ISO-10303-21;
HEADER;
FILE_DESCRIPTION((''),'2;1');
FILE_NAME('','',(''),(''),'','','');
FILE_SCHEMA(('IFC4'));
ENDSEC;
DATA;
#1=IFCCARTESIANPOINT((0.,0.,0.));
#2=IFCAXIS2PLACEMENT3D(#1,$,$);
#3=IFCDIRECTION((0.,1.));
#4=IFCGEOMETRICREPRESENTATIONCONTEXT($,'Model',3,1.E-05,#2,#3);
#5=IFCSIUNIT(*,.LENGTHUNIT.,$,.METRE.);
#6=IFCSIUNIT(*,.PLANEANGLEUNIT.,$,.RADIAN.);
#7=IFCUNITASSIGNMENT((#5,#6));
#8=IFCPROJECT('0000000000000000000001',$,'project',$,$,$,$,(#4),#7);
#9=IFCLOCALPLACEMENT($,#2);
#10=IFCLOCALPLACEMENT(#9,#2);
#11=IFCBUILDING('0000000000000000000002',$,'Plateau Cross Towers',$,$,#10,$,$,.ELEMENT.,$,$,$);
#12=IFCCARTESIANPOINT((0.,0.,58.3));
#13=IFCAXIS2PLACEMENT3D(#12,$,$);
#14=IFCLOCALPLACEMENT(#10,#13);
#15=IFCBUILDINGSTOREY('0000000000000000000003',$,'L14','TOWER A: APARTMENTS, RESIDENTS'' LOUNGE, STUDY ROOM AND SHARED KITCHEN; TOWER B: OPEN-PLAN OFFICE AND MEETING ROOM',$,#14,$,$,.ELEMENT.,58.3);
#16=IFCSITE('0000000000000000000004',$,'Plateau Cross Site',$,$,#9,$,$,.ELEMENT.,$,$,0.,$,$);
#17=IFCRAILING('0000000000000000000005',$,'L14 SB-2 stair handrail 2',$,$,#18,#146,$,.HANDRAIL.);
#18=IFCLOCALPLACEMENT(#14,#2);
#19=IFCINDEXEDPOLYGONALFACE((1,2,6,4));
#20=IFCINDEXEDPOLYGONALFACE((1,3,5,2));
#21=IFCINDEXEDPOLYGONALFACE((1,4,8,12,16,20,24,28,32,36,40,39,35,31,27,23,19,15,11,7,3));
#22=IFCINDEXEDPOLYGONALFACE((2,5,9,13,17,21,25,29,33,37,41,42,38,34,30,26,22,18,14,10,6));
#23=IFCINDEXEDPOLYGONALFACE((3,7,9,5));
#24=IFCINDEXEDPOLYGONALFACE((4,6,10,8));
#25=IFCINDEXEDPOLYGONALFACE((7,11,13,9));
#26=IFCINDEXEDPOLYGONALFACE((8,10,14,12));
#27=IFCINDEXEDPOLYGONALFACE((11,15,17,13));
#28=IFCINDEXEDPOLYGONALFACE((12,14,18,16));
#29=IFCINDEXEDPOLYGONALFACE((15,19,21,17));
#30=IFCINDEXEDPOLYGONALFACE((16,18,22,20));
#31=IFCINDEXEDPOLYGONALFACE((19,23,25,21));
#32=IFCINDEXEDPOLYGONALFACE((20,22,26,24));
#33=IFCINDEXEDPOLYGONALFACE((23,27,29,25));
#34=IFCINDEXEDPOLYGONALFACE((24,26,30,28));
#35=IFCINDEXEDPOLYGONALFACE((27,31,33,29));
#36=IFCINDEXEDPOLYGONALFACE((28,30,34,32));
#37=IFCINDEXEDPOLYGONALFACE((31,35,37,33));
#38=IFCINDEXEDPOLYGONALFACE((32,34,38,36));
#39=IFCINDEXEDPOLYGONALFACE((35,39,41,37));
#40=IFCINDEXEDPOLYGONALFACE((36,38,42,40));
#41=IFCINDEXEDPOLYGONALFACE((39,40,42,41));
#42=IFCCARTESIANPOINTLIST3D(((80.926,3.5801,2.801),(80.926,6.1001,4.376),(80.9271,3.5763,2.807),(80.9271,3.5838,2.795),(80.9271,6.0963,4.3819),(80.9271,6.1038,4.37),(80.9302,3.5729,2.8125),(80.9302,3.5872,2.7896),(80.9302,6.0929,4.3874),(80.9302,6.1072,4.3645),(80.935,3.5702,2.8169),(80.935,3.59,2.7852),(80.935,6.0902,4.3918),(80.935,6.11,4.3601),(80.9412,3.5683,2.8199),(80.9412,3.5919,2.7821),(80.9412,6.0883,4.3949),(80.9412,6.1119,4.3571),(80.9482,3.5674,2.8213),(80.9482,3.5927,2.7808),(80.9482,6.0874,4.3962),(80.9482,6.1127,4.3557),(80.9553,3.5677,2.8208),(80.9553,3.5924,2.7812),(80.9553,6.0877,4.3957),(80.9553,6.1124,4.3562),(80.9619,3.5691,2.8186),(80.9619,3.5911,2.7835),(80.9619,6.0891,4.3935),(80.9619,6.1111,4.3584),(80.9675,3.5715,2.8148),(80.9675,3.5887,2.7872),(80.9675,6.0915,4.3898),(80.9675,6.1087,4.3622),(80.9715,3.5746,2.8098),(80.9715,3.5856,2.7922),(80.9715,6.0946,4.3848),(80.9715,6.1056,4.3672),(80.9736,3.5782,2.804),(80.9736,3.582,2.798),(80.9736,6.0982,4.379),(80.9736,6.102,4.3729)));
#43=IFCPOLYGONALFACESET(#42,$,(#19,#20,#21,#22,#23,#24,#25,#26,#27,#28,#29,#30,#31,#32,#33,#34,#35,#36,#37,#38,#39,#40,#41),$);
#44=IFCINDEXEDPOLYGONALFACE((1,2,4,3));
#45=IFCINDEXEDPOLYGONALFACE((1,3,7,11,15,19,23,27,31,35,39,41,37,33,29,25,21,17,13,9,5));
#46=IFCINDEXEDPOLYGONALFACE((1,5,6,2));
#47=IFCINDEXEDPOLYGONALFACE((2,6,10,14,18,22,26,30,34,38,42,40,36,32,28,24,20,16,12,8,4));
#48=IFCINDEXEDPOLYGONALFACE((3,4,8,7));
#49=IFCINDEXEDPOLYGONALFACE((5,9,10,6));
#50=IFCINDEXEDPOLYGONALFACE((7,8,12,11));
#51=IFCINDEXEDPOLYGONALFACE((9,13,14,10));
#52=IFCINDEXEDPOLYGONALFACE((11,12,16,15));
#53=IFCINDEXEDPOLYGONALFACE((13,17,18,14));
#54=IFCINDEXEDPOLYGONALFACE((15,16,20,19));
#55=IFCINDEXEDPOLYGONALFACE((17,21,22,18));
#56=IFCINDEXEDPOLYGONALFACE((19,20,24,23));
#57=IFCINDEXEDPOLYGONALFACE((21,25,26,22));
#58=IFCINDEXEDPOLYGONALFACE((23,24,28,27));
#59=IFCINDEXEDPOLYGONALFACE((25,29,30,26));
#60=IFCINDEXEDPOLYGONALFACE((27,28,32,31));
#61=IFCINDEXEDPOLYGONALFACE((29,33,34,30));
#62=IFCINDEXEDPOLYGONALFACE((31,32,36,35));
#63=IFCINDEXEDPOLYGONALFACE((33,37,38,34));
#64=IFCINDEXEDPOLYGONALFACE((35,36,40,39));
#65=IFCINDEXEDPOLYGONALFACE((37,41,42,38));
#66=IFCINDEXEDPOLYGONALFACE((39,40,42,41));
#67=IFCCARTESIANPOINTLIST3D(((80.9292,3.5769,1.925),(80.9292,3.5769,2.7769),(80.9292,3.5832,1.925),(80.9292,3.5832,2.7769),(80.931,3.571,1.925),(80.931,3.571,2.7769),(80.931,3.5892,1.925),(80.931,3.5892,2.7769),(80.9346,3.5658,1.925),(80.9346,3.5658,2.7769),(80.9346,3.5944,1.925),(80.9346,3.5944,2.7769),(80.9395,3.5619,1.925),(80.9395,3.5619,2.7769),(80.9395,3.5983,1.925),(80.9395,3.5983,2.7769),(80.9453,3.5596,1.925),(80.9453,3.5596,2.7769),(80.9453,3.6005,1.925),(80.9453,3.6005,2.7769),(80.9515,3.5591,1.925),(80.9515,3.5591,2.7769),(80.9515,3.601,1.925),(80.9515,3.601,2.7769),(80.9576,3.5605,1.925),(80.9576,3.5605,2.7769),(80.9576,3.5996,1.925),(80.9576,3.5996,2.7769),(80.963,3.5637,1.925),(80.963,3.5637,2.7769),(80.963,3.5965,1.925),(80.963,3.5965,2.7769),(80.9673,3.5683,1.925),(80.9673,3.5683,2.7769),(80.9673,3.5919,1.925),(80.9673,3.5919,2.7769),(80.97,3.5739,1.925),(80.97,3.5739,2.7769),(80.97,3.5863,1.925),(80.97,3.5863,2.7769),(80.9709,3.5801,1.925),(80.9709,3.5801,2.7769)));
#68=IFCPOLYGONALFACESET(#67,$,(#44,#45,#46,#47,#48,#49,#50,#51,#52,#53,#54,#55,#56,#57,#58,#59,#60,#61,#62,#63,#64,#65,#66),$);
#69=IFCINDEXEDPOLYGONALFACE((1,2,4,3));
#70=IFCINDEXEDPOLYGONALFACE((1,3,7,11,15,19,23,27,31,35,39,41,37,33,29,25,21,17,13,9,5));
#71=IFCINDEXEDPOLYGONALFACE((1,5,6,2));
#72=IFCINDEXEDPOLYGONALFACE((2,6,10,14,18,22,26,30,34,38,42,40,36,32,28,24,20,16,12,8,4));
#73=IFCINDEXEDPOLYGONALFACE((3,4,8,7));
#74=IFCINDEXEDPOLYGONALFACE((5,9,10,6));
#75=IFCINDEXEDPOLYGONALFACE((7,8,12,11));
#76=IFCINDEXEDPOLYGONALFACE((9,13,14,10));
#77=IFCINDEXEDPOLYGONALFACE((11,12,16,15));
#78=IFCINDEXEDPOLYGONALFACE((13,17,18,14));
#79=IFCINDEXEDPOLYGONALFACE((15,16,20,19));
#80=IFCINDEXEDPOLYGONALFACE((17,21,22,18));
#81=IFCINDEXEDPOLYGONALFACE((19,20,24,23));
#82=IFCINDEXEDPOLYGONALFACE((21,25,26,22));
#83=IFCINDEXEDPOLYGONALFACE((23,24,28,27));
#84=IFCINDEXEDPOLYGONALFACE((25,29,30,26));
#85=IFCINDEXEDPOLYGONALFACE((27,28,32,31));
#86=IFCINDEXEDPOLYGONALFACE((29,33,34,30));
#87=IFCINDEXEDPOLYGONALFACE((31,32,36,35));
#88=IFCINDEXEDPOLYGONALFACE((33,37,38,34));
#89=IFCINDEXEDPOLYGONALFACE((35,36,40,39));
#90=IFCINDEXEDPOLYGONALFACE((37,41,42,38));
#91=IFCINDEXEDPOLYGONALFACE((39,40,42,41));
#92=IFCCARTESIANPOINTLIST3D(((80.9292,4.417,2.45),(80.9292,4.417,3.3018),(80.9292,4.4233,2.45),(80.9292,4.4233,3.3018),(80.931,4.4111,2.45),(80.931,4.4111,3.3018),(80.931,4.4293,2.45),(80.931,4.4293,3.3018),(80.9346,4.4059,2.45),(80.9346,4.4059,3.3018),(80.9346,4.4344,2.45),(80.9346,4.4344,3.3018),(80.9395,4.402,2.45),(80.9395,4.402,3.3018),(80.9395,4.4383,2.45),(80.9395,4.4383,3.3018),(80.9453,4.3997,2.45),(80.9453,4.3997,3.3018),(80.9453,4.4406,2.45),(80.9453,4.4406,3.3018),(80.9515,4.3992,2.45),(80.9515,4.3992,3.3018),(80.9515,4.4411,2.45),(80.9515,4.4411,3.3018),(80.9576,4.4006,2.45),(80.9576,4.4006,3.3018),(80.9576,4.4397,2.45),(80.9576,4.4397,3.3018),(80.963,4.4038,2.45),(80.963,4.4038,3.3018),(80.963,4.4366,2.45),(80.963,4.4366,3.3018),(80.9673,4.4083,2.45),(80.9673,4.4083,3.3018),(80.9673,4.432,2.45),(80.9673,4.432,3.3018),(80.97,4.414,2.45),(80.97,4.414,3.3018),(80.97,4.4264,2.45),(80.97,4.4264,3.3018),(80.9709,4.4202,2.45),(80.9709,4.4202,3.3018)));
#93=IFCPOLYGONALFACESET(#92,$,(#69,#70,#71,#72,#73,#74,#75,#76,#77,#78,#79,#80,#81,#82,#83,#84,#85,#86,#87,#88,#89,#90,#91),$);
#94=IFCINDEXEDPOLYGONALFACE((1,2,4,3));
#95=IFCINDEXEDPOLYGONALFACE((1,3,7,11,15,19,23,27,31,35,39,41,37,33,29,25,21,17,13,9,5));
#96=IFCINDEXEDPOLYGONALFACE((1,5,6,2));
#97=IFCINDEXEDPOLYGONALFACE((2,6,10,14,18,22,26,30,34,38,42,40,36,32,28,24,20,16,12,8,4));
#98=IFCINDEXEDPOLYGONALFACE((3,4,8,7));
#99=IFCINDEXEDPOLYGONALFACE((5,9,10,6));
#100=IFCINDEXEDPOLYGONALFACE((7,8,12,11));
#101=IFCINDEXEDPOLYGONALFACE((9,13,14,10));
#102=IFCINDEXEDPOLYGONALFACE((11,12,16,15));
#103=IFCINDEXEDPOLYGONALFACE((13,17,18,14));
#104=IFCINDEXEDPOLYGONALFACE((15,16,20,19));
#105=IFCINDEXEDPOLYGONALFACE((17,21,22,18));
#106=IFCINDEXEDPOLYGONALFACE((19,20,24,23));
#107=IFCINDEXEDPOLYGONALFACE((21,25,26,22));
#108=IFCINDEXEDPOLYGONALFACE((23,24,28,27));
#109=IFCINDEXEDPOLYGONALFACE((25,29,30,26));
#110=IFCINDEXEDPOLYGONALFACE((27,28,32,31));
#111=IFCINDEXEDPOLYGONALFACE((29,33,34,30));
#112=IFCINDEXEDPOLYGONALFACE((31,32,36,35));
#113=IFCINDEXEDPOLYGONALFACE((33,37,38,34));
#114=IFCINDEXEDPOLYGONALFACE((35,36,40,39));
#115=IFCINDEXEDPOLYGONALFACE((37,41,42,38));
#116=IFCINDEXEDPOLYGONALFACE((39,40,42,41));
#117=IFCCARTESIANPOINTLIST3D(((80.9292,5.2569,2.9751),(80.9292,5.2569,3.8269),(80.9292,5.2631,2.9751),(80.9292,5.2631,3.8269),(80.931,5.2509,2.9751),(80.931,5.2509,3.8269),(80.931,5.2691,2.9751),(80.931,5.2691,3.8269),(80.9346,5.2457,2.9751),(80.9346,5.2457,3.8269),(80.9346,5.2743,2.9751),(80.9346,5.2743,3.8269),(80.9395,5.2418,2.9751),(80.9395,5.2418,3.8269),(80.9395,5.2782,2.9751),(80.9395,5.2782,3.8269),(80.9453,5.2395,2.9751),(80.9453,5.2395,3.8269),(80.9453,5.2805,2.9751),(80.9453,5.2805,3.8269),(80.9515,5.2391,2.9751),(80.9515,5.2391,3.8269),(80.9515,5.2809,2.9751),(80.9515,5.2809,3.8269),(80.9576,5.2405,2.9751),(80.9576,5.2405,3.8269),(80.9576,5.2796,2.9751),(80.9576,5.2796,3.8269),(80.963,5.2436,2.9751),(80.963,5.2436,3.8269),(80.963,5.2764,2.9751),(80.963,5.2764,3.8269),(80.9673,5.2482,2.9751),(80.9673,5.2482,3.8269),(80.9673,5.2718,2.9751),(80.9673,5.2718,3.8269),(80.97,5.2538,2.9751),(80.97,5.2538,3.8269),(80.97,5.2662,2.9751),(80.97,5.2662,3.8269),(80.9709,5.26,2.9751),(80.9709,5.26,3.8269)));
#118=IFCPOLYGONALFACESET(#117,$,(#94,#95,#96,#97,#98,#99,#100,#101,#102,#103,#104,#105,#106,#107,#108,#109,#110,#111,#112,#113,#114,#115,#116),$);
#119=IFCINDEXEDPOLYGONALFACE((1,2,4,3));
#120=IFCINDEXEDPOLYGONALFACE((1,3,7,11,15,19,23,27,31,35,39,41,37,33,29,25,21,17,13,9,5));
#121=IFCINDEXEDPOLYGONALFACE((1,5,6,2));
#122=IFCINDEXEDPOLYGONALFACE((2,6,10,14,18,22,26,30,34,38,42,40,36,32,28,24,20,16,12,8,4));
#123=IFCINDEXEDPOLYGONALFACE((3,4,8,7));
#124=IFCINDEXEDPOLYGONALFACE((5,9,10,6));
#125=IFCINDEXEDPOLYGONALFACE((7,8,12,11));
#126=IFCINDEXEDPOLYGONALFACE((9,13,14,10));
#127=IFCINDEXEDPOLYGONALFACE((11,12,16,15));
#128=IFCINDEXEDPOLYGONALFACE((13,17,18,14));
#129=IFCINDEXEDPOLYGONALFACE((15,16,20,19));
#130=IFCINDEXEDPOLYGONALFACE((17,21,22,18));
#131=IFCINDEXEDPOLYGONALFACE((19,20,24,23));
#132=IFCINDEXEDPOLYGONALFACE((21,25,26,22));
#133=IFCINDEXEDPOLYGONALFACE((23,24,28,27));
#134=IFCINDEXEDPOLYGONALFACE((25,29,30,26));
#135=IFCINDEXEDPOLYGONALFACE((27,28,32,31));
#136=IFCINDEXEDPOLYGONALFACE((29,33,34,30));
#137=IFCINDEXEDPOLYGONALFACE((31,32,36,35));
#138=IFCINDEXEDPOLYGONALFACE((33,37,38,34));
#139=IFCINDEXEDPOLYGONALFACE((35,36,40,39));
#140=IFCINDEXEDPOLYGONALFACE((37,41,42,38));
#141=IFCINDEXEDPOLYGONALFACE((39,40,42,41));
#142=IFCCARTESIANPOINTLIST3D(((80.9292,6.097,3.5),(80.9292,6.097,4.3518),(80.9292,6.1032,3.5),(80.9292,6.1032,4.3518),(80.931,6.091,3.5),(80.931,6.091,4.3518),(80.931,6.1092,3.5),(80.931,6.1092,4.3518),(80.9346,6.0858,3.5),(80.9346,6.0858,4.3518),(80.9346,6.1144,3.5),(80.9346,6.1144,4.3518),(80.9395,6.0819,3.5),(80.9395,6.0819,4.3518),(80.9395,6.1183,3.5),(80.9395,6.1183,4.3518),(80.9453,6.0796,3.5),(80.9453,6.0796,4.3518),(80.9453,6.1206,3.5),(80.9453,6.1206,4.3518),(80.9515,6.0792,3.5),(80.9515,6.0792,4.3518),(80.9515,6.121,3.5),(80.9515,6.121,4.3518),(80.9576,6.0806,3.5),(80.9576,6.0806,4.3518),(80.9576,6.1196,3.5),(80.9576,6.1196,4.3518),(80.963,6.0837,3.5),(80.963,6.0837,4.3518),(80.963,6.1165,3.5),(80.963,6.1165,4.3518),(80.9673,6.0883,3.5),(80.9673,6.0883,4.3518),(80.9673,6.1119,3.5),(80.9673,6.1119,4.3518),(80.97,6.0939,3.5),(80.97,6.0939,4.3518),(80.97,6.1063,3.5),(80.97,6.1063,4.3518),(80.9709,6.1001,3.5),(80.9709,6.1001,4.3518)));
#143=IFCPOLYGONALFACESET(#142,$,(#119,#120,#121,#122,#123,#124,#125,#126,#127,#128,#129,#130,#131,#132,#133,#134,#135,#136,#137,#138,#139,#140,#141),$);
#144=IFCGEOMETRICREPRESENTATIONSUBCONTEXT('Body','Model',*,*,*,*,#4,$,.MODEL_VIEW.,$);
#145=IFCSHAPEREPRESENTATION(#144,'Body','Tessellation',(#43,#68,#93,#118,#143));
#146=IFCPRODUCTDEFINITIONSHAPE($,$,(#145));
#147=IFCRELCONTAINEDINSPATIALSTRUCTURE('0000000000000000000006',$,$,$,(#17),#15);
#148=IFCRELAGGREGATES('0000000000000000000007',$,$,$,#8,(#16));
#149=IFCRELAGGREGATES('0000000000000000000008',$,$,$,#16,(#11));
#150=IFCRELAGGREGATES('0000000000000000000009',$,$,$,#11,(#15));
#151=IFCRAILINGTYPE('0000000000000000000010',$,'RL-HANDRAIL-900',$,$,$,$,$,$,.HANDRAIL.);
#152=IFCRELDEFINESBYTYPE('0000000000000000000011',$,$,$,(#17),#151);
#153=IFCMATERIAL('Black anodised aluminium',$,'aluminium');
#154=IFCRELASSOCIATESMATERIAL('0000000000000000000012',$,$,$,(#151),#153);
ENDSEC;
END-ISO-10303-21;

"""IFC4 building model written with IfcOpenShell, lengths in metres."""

from ifc_helpers import new_model, si_unit, direction, frame, origin, origin_2d, place, context, subcontext, project, spatial, circle, extrude, material, type_object, element, save


model = new_model("IFC4")

# Units and contexts
model_context = context("Model", 3, precision=1e-05, world=origin(), true_north=direction((0.0, 1.0)))
body_context = subcontext(model_context, "Body", "Model", "MODEL_VIEW")
ifc_project = project(units=[si_unit("LENGTHUNIT", "METRE"), si_unit("PLANEANGLEUNIT", "RADIAN")], contexts=[model_context])

# Site, building, storey
site_placement = place(None, origin())
site = spatial("IfcSite", under=ifc_project, at=site_placement, Name="Plateau Cross Site", CompositionType="ELEMENT", RefElevation=0.0)
building_placement = place(site_placement, origin())
building = spatial("IfcBuilding", under=site, at=building_placement, Name="Plateau Cross Towers", CompositionType="ELEMENT")
storey_placement = place(building_placement, frame((0.0, 0.0, 58.3)))
storey = spatial("IfcBuildingStorey", under=building, at=storey_placement, Name="L14", Description="TOWER A: APARTMENTS, RESIDENTS' LOUNGE, STUDY ROOM AND SHARED KITCHEN; TOWER B: OPEN-PLAN OFFICE AND MEETING ROOM", CompositionType="ELEMENT", Elevation=58.3)

# Shared definitions
ifc_material_1 = material(Name="Black anodised aluminium", Category="aluminium")

# Railing
railing_type_1 = type_object("IfcRailingType", Name="RL-HANDRAIL-900", PredefinedType="HANDRAIL", material=ifc_material_1)
railing_1_placement = place(storey_placement, frame((80.95, 3.5801, 1.925)))
element("IfcRailing", 1, at=railing_1_placement, inside=storey, type_object=railing_type_1, Name="L14 SB-2 stair handrail 2", PredefinedType="HANDRAIL", context=body_context, shape_type="SweptSolid", body=[
    extrude(circle(Radius=0.0239, at=origin_2d()), frame((0.0, 0.0, 0.876), z_axis=(0.0, 0.848008, 0.529984), x_axis=(-1.0, 0.0, 0.0)), (0.0, 0.0, 1.0), 2.9717),
    extrude(circle(Radius=0.021, at=origin_2d()), origin(), (0.0, 0.0, 1.0), 0.8518),
    extrude(circle(Radius=0.021, at=origin_2d()), frame((0.0, 0.8401, 0.5249)), (0.0, 0.0, 1.0), 0.8518),
    extrude(circle(Radius=0.021, at=origin_2d()), frame((0.0, 1.6799, 1.05)), (0.0, 0.0, 1.0), 0.8518),
    extrude(circle(Radius=0.021, at=origin_2d()), frame((0.0, 2.52, 1.575)), (0.0, 0.0, 1.0), 0.8518),
])

save(model, "model.ifc")
